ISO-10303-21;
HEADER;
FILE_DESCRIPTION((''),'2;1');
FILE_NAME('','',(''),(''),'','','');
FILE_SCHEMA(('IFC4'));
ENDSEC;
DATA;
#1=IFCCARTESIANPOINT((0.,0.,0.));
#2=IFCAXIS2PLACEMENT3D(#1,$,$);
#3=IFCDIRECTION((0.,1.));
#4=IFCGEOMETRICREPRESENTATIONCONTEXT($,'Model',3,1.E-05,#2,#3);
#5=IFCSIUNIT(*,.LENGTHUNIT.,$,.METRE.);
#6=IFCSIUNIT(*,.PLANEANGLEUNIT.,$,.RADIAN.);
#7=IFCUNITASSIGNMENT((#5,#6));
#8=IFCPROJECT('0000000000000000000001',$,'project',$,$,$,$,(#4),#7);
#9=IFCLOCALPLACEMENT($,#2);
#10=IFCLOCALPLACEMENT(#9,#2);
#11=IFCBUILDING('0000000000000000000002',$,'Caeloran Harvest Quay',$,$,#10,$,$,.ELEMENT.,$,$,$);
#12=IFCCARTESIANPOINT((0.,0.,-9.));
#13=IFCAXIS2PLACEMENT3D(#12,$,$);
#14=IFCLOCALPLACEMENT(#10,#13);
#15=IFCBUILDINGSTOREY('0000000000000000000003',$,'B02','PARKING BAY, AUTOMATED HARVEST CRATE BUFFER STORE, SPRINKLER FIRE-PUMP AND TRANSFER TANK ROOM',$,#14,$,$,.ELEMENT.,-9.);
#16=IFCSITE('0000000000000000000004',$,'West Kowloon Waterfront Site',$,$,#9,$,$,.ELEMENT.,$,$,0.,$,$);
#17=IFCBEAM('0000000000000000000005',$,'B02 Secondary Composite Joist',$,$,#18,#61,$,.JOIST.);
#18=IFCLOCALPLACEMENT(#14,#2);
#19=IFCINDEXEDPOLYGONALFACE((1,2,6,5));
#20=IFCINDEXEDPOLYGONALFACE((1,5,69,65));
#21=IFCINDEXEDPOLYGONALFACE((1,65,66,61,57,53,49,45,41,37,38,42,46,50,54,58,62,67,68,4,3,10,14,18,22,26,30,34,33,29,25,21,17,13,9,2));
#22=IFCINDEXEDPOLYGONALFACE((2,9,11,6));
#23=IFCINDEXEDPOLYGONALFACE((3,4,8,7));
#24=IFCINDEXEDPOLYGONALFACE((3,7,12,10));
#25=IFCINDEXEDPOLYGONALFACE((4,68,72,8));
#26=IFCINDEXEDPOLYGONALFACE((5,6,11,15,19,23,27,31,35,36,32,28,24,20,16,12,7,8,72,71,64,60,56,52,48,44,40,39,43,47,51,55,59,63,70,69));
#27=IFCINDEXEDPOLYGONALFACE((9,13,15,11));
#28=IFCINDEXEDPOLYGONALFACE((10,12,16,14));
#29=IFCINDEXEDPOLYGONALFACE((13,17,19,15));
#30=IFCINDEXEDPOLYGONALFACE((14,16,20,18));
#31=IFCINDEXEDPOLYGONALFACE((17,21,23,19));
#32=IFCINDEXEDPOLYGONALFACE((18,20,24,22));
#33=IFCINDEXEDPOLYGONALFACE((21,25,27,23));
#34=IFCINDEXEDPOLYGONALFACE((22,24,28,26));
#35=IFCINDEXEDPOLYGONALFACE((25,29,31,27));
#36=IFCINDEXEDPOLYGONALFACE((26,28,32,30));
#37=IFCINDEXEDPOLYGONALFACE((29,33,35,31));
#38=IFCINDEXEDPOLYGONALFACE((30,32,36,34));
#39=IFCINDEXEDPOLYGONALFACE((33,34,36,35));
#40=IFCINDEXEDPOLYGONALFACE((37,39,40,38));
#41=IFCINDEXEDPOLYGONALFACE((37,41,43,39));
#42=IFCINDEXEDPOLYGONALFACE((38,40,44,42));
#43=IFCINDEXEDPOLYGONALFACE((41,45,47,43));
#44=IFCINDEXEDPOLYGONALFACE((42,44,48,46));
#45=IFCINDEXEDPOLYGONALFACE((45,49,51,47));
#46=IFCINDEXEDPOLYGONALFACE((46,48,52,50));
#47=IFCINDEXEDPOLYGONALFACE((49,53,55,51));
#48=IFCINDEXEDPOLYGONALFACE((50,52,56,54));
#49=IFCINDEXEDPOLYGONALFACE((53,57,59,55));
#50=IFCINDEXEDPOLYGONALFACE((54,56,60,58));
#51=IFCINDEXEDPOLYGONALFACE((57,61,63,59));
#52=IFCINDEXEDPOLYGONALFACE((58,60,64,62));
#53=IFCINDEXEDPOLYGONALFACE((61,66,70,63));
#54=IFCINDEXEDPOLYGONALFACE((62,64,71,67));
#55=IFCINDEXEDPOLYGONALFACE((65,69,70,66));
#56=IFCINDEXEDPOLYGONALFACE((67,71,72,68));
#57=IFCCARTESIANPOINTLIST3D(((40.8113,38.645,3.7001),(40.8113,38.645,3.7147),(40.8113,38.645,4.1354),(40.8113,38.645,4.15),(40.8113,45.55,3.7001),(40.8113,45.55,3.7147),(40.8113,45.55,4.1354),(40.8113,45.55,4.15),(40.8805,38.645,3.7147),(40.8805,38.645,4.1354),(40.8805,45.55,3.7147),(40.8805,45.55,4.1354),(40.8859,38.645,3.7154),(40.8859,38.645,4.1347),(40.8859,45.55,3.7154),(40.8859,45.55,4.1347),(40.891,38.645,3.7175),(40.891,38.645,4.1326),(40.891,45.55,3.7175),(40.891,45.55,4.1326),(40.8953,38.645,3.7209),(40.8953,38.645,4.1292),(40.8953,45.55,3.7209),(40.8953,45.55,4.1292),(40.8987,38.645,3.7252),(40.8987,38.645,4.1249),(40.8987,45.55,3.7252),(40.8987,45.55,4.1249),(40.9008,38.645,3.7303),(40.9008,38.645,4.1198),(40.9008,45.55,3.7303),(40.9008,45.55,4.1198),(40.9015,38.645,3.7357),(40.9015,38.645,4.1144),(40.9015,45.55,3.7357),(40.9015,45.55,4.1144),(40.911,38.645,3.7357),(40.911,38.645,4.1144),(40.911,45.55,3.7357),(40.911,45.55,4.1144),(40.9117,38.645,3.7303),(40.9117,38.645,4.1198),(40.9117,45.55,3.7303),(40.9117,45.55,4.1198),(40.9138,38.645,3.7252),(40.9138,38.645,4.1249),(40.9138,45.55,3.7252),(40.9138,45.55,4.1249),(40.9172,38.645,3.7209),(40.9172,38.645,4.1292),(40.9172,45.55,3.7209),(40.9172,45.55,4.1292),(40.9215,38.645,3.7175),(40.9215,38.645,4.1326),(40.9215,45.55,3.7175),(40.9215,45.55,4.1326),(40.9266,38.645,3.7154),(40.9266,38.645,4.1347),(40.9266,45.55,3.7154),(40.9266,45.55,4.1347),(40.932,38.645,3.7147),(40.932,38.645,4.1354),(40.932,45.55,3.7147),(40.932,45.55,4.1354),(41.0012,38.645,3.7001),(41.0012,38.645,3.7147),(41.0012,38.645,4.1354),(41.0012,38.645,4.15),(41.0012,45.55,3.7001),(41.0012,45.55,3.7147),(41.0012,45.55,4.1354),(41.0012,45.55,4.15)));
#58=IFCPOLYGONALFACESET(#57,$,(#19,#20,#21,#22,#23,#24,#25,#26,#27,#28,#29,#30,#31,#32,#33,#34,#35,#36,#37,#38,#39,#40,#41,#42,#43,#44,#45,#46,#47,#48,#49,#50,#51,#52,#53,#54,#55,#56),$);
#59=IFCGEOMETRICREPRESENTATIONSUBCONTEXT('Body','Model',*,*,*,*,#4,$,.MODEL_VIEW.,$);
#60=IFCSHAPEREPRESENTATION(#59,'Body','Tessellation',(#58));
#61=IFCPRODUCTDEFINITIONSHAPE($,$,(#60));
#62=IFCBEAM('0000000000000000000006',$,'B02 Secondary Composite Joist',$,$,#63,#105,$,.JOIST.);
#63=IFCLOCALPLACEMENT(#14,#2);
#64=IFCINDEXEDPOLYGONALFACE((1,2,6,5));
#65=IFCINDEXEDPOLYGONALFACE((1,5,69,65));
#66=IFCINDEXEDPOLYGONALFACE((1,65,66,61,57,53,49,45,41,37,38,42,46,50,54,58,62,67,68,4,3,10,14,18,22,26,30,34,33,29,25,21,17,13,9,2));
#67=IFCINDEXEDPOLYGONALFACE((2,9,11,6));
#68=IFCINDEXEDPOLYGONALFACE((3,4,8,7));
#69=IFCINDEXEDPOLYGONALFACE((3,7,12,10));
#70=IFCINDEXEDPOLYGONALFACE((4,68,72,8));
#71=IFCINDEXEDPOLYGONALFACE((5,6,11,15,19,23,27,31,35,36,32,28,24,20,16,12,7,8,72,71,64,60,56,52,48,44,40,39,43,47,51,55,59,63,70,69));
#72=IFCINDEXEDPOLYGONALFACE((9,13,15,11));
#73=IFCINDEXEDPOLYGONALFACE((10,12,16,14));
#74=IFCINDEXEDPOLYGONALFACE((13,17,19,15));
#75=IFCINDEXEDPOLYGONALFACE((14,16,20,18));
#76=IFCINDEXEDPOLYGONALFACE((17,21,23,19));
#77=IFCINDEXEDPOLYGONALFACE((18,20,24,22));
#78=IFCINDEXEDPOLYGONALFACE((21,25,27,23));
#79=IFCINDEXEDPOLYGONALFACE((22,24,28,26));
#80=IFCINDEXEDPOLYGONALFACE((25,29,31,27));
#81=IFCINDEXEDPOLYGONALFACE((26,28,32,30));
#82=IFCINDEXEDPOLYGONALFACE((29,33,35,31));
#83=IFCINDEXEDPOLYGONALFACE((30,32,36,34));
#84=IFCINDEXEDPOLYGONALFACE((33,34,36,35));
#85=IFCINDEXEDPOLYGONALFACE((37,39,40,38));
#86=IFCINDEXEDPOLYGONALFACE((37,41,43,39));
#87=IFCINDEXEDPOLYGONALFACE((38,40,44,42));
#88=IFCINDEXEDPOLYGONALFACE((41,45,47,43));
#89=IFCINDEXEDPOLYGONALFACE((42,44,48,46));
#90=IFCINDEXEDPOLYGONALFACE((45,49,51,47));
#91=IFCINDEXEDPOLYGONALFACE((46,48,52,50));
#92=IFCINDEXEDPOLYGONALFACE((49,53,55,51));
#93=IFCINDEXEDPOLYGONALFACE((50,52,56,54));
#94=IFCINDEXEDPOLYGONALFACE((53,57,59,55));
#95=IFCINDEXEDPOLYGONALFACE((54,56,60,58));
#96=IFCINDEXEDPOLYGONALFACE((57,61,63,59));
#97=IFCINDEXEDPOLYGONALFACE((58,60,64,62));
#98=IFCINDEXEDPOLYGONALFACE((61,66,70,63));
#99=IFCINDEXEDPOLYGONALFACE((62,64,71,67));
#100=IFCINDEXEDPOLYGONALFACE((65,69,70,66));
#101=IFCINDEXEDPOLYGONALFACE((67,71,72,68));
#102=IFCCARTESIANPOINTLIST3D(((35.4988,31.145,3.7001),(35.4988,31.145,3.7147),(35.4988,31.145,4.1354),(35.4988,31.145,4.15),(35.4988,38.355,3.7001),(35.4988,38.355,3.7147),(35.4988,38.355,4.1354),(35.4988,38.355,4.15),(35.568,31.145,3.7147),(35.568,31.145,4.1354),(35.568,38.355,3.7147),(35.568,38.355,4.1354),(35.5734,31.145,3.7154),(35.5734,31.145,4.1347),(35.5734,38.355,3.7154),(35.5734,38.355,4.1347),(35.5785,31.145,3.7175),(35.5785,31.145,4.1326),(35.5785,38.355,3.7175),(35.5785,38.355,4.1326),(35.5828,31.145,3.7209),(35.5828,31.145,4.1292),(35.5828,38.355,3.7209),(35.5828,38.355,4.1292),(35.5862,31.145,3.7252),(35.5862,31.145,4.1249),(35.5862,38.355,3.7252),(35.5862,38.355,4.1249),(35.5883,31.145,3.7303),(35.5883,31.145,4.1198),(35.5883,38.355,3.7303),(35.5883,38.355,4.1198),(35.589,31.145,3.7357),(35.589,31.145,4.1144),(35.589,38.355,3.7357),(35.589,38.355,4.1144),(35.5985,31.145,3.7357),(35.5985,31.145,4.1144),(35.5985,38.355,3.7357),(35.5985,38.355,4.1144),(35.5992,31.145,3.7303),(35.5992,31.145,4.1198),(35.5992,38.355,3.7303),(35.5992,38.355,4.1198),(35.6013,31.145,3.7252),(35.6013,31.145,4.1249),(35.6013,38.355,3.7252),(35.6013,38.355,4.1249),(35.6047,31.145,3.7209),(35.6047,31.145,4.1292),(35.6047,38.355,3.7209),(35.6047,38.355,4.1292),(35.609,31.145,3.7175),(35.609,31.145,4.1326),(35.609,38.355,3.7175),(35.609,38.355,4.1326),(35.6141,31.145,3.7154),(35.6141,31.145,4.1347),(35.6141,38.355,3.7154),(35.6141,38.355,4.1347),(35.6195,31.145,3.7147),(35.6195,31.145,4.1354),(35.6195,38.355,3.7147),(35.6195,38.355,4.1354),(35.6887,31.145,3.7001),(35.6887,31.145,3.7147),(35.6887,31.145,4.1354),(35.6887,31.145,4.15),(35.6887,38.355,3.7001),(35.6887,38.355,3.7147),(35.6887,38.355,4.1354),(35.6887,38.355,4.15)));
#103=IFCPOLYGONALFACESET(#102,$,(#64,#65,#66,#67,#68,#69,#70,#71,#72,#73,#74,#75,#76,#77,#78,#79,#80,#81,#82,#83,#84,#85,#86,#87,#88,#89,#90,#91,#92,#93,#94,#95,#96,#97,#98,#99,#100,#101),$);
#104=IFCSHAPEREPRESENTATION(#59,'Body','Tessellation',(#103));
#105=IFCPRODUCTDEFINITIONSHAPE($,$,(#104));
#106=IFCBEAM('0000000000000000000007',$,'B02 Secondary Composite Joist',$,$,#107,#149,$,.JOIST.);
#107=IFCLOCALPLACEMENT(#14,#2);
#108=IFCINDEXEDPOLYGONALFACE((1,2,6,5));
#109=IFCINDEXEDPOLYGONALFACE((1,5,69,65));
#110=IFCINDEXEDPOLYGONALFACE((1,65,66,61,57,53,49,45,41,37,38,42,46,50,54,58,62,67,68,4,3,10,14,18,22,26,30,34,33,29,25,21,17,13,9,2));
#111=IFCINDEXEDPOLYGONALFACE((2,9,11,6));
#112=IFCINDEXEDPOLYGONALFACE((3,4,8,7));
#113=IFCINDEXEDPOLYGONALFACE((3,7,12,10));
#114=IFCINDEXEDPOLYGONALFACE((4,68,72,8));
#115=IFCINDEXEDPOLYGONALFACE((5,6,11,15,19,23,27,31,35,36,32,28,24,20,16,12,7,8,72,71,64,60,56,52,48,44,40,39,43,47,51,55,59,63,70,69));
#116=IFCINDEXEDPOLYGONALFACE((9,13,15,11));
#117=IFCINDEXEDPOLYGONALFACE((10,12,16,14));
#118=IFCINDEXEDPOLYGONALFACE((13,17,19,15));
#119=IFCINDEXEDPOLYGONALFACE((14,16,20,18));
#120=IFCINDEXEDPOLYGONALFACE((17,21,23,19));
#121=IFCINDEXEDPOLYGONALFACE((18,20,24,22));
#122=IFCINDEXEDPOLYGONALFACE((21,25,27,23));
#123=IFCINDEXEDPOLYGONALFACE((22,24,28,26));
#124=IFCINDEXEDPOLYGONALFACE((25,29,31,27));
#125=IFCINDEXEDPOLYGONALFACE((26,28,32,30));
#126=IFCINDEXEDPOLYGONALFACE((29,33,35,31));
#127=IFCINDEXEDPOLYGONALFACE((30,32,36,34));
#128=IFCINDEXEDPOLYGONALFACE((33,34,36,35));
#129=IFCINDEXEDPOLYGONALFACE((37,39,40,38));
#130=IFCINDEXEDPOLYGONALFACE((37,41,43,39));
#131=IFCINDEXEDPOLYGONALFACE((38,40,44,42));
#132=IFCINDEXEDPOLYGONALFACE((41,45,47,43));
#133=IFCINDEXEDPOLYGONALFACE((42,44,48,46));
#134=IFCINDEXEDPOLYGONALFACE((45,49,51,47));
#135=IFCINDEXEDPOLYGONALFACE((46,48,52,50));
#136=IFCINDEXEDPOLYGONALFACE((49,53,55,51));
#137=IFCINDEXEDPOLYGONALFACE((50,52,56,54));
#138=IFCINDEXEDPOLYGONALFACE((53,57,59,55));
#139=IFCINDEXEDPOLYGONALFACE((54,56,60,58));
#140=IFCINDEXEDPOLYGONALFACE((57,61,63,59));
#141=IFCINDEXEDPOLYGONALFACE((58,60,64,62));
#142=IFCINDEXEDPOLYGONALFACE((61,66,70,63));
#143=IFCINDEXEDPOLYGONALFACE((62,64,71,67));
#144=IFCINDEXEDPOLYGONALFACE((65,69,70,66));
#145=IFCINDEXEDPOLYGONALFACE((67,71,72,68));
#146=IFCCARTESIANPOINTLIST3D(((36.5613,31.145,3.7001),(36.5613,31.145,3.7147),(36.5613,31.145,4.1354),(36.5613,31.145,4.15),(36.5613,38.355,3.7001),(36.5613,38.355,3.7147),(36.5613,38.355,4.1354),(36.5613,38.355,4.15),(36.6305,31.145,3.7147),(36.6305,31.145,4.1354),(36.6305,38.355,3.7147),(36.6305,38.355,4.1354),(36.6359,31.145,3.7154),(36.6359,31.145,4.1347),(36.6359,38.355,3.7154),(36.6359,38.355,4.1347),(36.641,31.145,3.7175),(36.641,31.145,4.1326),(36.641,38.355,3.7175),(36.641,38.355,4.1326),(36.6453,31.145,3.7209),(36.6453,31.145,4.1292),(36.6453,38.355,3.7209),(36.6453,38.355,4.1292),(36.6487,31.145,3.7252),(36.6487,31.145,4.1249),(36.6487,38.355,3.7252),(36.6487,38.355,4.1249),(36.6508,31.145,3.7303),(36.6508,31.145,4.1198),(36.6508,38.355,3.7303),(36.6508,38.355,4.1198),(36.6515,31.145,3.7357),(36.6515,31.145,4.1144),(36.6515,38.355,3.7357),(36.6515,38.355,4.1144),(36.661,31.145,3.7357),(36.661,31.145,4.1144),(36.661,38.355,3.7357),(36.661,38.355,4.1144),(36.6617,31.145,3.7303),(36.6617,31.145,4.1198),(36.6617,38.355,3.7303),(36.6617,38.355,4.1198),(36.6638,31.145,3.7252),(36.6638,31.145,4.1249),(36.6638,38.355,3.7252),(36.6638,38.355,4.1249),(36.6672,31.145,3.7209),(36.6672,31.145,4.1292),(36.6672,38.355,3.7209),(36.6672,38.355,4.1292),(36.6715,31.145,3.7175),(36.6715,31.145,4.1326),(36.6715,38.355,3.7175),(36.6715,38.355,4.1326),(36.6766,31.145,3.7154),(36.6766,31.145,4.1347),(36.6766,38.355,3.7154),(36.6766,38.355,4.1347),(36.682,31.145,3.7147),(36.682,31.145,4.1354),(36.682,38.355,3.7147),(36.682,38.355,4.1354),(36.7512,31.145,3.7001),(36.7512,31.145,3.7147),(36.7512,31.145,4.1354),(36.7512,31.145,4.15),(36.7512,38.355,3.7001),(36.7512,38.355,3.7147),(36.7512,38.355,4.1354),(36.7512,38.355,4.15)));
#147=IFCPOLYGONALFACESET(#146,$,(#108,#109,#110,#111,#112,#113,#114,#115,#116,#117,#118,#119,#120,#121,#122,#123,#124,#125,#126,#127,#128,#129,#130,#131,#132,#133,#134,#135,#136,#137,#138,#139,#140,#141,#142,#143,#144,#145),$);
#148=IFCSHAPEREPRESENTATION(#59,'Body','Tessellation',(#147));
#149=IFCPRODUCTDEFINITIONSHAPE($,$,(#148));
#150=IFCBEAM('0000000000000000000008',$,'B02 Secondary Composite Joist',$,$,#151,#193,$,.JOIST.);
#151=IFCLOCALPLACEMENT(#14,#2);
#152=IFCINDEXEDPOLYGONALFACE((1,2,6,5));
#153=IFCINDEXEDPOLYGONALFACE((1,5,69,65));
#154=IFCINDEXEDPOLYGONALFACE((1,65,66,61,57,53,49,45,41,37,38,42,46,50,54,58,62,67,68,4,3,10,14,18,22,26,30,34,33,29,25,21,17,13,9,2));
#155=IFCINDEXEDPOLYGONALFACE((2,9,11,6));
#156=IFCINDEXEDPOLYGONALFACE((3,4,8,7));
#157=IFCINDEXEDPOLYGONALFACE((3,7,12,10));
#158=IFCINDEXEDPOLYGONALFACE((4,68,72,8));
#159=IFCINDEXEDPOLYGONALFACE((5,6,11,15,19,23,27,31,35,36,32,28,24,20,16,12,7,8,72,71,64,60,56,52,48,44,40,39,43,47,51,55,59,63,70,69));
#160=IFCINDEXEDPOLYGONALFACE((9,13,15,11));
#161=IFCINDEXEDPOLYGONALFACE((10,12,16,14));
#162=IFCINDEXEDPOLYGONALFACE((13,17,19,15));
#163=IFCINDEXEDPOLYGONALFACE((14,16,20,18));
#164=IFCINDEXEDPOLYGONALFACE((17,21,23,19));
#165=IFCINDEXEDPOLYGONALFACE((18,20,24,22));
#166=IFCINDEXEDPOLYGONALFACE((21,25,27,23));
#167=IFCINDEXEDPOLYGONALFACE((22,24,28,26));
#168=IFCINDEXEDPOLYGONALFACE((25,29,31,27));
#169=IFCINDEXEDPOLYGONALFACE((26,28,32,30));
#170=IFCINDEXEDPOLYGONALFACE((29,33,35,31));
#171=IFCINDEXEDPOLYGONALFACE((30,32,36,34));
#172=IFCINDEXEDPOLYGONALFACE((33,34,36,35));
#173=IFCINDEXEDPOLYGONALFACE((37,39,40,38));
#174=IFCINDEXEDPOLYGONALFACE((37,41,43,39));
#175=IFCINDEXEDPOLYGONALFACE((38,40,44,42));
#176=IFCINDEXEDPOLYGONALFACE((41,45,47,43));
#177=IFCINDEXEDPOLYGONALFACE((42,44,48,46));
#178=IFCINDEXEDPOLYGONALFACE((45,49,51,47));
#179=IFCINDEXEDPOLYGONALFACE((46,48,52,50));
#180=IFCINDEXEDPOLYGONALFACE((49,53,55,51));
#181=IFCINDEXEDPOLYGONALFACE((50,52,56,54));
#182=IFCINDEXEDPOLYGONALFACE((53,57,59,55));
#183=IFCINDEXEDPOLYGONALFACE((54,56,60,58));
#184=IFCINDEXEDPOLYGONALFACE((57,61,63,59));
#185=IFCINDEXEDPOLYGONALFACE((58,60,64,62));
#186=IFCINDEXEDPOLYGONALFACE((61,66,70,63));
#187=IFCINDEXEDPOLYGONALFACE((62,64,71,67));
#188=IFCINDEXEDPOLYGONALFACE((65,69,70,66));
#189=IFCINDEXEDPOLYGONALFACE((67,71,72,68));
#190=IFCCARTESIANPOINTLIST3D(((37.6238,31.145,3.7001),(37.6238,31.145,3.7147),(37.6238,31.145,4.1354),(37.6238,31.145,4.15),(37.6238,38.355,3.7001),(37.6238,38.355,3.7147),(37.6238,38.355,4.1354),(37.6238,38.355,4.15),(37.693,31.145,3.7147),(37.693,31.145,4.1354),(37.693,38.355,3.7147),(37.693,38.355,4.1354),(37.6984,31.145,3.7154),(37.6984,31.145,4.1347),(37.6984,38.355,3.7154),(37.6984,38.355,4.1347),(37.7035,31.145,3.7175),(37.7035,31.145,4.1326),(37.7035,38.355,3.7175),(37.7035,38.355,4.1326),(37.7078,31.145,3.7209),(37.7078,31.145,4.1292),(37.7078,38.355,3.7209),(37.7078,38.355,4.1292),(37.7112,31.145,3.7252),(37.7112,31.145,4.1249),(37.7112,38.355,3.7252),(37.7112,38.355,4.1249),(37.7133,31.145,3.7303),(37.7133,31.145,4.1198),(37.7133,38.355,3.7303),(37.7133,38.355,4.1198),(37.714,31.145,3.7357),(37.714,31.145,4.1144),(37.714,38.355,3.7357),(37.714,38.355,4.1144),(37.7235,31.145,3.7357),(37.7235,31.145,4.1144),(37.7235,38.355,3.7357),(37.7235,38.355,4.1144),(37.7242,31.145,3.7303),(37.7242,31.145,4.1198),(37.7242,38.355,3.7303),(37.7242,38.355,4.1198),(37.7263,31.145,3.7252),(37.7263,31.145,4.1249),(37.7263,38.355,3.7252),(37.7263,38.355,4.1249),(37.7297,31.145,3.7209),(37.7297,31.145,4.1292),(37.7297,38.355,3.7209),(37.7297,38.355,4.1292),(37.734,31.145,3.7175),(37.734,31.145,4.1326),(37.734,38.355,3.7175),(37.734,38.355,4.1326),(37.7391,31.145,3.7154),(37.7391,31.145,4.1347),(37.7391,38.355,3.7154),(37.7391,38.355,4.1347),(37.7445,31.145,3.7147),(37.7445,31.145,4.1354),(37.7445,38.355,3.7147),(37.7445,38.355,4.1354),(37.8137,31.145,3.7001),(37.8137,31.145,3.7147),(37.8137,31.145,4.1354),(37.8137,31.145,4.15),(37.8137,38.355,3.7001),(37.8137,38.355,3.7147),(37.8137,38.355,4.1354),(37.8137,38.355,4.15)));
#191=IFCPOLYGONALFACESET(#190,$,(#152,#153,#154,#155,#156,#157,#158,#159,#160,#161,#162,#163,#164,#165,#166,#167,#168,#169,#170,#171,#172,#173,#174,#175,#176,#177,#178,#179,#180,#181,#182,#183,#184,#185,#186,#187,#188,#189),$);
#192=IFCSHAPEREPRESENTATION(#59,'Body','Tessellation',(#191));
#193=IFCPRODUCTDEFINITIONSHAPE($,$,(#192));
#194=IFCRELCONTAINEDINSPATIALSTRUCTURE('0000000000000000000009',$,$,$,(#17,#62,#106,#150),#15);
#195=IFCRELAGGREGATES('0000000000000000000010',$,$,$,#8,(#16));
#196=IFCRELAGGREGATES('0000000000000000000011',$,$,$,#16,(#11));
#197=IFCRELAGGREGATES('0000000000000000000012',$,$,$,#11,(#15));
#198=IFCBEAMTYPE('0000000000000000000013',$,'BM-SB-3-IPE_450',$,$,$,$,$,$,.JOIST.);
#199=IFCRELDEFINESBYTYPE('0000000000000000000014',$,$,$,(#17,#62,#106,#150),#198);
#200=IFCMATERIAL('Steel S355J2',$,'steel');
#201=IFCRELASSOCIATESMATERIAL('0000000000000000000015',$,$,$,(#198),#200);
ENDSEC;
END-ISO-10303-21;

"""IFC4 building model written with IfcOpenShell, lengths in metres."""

from ifc_helpers import new_model, si_unit, direction, frame, origin, origin_2d, place, context, subcontext, project, spatial, i_section, extrude, material, material_profile, profile_set, type_object, element, save


model = new_model("IFC4")

# Units and contexts
model_context = context("Model", 3, precision=1e-05, world=origin(), true_north=direction((0.0, 1.0)))
body_context = subcontext(model_context, "Body", "Model", "MODEL_VIEW")
ifc_project = project(units=[si_unit("LENGTHUNIT", "METRE"), si_unit("PLANEANGLEUNIT", "RADIAN")], contexts=[model_context])

# Site, building, storey
site_placement = place(None, origin())
site = spatial("IfcSite", under=ifc_project, at=site_placement, Name="West Kowloon Waterfront Site", CompositionType="ELEMENT", RefElevation=0.0)
building_placement = place(site_placement, origin())
building = spatial("IfcBuilding", under=site, at=building_placement, Name="Caeloran Harvest Quay", CompositionType="ELEMENT")
storey_placement = place(building_placement, frame((0.0, 0.0, -9.0)))
storey = spatial("IfcBuildingStorey", under=building, at=storey_placement, Name="B02", Description="PARKING BAY, AUTOMATED HARVEST CRATE BUFFER STORE, SPRINKLER FIRE-PUMP AND TRANSFER TANK ROOM", CompositionType="ELEMENT", Elevation=-9.0)

# Beams
ifc_material = material(Name="Steel S355J2", Category="steel")
ifc_material_profile_1 = material_profile(ifc_material, i_section(OverallWidth=0.1899, OverallDepth=0.45, WebThickness=0.0095, FlangeThickness=0.0146, FilletRadius=0.021, at=origin_2d()), Name="IPE 450")
ifc_profile_set_1 = profile_set([ifc_material_profile_1], Name="Steel S355J2")
beam_type_1 = type_object("IfcBeamType", Name="BM-SB-3-IPE_450", PredefinedType="JOIST", material=ifc_profile_set_1)
for number, where, z_axis, x_axis, name in (
    (1, (40.9062, 38.645, 3.925), (0.0, 1.0, 0.0), (-1.0, 0.0, 0.0), "B02 Secondary Composite Joist"),
):
    element("IfcBeam", number, at=place(storey_placement, frame(where, z_axis=z_axis, x_axis=x_axis)), inside=storey, type_object=beam_type_1, Name=name, PredefinedType="JOIST", context=body_context, shape_type="SweptSolid", body=[
        extrude(i_section(OverallWidth=0.1899, OverallDepth=0.45, WebThickness=0.0095, FlangeThickness=0.0146, FilletRadius=0.021, at=origin_2d()), origin(), (0.0, 0.0, 1.0), 6.905),
    ])
for number, where, z_axis, x_axis, name in (
    (2, (35.5938, 31.145, 3.925), (0.0, 1.0, 0.0), (-1.0, 0.0, 0.0), "B02 Secondary Composite Joist"),
    (3, (36.6562, 31.145, 3.925), (0.0, 1.0, 0.0), (-1.0, 0.0, 0.0), "B02 Secondary Composite Joist"),
    (4, (37.7188, 31.145, 3.925), (0.0, 1.0, 0.0), (-1.0, 0.0, 0.0), "B02 Secondary Composite Joist"),
):
    element("IfcBeam", number, at=place(storey_placement, frame(where, z_axis=z_axis, x_axis=x_axis)), inside=storey, type_object=beam_type_1, Name=name, PredefinedType="JOIST", context=body_context, shape_type="SweptSolid", body=[
        extrude(i_section(OverallWidth=0.1899, OverallDepth=0.45, WebThickness=0.0095, FlangeThickness=0.0146, FilletRadius=0.021, at=origin_2d()), origin(), (0.0, 0.0, 1.0), 7.21),
    ])

save(model, "model.ifc")
